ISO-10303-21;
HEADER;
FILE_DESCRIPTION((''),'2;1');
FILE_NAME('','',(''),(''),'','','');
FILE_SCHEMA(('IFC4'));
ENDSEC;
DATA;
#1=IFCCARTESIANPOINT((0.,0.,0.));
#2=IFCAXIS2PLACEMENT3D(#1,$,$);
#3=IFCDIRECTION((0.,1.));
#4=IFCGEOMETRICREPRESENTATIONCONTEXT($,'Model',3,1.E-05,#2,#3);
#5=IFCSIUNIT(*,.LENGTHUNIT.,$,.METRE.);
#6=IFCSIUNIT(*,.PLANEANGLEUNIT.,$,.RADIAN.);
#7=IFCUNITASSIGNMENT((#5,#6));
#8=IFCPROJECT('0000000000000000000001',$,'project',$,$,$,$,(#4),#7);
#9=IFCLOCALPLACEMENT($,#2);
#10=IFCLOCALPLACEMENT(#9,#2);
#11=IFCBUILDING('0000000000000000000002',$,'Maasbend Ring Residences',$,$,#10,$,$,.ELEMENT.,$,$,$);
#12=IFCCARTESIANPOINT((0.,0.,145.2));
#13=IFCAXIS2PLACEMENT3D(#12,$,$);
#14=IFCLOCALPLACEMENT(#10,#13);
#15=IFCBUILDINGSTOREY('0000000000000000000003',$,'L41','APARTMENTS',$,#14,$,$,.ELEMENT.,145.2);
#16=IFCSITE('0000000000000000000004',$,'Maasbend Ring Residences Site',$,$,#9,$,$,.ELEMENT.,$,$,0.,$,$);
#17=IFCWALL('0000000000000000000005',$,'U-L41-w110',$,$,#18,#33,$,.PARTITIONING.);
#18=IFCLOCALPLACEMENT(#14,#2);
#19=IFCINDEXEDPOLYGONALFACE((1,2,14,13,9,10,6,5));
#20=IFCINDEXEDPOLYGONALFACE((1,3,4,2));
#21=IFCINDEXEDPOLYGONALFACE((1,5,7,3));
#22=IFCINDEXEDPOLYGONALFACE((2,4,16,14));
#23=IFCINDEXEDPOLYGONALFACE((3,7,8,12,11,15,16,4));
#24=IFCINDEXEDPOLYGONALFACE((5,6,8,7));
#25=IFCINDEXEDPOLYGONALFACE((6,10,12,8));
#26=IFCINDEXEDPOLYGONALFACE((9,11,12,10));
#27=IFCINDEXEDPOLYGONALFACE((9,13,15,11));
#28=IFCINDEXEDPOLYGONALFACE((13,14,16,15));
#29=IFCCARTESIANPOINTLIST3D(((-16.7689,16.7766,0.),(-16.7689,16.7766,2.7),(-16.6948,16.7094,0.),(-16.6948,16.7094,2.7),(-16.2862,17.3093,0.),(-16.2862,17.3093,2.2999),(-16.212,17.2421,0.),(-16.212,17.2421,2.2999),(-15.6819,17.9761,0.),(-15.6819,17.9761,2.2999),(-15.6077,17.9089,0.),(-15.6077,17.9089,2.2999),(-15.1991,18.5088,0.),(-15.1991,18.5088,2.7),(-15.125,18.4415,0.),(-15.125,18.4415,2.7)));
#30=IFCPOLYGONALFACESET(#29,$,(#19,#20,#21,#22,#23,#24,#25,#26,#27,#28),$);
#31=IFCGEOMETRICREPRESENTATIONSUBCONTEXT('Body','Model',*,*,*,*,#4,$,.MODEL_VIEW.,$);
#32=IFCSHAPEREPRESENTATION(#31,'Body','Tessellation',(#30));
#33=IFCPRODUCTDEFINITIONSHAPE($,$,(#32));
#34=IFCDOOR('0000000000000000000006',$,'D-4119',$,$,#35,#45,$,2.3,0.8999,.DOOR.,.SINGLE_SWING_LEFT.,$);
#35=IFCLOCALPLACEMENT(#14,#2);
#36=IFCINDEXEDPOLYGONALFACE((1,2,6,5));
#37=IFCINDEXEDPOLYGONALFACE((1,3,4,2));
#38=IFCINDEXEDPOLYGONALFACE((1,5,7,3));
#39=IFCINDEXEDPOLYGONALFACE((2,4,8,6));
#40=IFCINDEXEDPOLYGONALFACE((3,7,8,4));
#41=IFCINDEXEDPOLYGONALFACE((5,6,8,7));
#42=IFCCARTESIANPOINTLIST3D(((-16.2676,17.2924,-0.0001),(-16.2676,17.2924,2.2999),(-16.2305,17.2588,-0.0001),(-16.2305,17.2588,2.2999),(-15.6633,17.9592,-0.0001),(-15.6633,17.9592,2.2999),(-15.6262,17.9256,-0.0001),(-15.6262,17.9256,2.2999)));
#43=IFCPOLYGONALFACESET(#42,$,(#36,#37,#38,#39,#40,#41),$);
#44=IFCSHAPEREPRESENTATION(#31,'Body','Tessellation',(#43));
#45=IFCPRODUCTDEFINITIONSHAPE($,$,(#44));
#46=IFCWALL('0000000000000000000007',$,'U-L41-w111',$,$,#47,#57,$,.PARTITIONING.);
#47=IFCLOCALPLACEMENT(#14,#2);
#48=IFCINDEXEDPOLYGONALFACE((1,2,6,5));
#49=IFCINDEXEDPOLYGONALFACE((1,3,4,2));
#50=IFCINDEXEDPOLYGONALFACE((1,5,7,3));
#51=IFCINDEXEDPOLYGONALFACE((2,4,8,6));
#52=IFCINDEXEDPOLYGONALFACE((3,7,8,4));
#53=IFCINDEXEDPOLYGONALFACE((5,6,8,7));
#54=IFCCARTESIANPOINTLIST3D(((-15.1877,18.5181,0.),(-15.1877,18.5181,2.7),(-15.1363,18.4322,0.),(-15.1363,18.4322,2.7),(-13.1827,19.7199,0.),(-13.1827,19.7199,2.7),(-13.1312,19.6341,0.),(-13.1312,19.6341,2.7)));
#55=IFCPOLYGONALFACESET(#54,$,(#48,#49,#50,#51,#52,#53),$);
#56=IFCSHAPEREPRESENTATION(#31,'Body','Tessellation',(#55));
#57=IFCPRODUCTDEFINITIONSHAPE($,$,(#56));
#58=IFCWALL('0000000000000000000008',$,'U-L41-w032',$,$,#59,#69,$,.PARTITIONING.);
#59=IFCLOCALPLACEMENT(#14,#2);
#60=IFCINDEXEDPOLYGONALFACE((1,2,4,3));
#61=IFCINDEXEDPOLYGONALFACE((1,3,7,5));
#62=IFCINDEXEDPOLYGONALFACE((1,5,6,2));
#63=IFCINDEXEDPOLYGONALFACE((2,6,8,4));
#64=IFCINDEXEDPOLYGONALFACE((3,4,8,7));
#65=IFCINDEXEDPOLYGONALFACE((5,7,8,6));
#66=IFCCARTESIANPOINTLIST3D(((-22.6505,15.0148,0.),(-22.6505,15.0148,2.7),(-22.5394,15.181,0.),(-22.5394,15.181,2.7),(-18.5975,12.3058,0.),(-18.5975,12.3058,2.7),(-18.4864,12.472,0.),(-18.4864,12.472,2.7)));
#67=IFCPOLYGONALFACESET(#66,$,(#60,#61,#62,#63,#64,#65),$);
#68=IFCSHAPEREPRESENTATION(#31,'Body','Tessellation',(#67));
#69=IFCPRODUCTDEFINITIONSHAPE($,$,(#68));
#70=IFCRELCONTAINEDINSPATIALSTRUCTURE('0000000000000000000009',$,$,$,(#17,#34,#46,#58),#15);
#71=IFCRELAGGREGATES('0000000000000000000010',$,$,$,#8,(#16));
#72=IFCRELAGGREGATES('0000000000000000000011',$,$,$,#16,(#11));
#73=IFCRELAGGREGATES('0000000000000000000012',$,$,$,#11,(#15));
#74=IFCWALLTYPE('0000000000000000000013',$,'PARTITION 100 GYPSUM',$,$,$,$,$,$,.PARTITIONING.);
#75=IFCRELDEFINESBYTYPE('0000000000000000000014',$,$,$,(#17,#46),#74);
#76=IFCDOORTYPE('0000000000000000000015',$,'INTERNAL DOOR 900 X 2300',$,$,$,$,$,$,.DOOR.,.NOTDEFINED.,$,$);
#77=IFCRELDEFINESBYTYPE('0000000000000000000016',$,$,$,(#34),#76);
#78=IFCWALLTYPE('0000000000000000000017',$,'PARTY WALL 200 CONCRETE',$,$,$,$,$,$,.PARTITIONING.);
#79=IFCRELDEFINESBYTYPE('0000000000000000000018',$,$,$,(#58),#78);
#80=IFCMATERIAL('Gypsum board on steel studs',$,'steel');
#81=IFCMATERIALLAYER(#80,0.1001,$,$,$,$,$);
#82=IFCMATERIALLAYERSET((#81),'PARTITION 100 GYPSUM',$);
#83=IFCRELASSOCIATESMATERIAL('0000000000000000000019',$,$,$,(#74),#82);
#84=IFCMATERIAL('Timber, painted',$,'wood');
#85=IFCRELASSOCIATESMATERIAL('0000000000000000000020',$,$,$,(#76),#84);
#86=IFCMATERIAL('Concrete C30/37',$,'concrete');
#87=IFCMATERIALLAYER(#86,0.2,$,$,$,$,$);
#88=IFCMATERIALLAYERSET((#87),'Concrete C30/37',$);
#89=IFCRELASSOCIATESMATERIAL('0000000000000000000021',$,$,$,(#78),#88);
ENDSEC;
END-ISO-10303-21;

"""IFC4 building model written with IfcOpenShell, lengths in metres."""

from ifc_helpers import new_model, si_unit, direction, frame, frame_2d, origin, place, context, subcontext, project, spatial, rectangle, extrude, material, layer, layer_set, type_object, element, fill, save


model = new_model("IFC4")

# Units and contexts
model_context = context("Model", 3, precision=1e-05, world=origin(), true_north=direction((0.0, 1.0)))
body_context = subcontext(model_context, "Body", "Model", "MODEL_VIEW")
ifc_project = project(units=[si_unit("LENGTHUNIT", "METRE"), si_unit("PLANEANGLEUNIT", "RADIAN")], contexts=[model_context])

# Site, building, storey
site_placement = place(None, origin())
site = spatial("IfcSite", under=ifc_project, at=site_placement, Name="Maasbend Ring Residences Site", CompositionType="ELEMENT", RefElevation=0.0)
building_placement = place(site_placement, origin())
building = spatial("IfcBuilding", under=site, at=building_placement, Name="Maasbend Ring Residences", CompositionType="ELEMENT")
storey_placement = place(building_placement, frame((0.0, 0.0, 145.2)))
storey = spatial("IfcBuildingStorey", under=building, at=storey_placement, Name="L41", Description="APARTMENTS", CompositionType="ELEMENT", Elevation=145.2)

# Shared definitions
ifc_material_1 = material(Name="Gypsum board on steel studs", Category="steel")
ifc_layer_1 = layer(ifc_material_1, 0.1001)
ifc_layer_set_1 = layer_set([ifc_layer_1], Name="PARTITION 100 GYPSUM")
wall_type_1 = type_object("IfcWallType", Name="PARTITION 100 GYPSUM", PredefinedType="PARTITIONING", material=ifc_layer_set_1)
ifc_material_2 = material(Name="Timber, painted", Category="wood")
door_type_1 = type_object("IfcDoorType", Name="INTERNAL DOOR 900 X 2300", OperationType="NOTDEFINED", PredefinedType="DOOR", material=ifc_material_2)

# Wall, opening, door
wall_1_placement = place(storey_placement, frame((-16.7319, 16.7429, 0.0), z_axis=(0.0, 0.0, 1.0), x_axis=(0.671528, 0.740979, 0.0)))
wall_1 = element("IfcWall", 1, at=wall_1_placement, inside=storey, type_object=wall_type_1, Name="U-L41-w110", PredefinedType="PARTITIONING", context=body_context, shape_type="SweptSolid", body=[
    extrude(rectangle(XDim=2.3376, YDim=0.1001, at=frame_2d((1.1689, 0.0))), origin(), (0.0, 0.0, 1.0), 2.7),
])
opening_1_placement = place(wall_1_placement, frame((0.719, 0.0, 0.0)))
opening_1 = element("IfcOpeningElement", 2, at=opening_1_placement, cuts=wall_1, PredefinedType="OPENING", context=body_context, shape_type="SweptSolid", body=[
    extrude(rectangle(XDim=0.8999, YDim=2.3, at=frame_2d((0.45, 1.1499))), frame((0.0, 0.0601, 0.0), z_axis=(0.0, -1.0, 0.0), x_axis=(1.0, 0.0, 0.0)), (0.0, 0.0, 1.0), 0.1201),
])
door_1_placement = place(opening_1_placement, origin())
door_1 = element("IfcDoor", 3, at=door_1_placement, inside=storey, type_object=door_type_1, Name="D-4119", OperationType="SINGLE_SWING_LEFT", OverallHeight=2.3, OverallWidth=0.8999, PredefinedType="DOOR", context=body_context, shape_type="SweptSolid", body=[
    extrude(rectangle(XDim=0.8999, YDim=2.3, at=frame_2d((0.45, 1.1499))), frame((0.0, 0.0249, 0.0), z_axis=(0.0, -1.0, 0.0), x_axis=(1.0, 0.0, 0.0)), (0.0, 0.0, 1.0), 0.05),
])
fill(opening_1, door_1)

# Walls
wall_2_placement = place(storey_placement, frame((-15.1621, 18.4751, 0.0), z_axis=(0.0, 0.0, 1.0), x_axis=(0.857714, 0.514127, 0.0)))
element("IfcWall", 4, at=wall_2_placement, inside=storey, type_object=wall_type_1, Name="U-L41-w111", PredefinedType="PARTITIONING", context=body_context, shape_type="SweptSolid", body=[
    extrude(rectangle(XDim=2.3376, YDim=0.1001, at=frame_2d((1.1689, 0.0))), origin(), (0.0, 0.0, 1.0), 2.7),
])
ifc_material_3 = material(Name="Concrete C30/37", Category="concrete")
ifc_layer_2 = layer(ifc_material_3, 0.2)
ifc_layer_set_2 = layer_set([ifc_layer_2], Name="Concrete C30/37")
wall_type_2 = type_object("IfcWallType", Name="PARTY WALL 200 CONCRETE", PredefinedType="PARTITIONING", material=ifc_layer_set_2)
wall_3_placement = place(storey_placement, frame((-22.595, 15.0979, 0.0), z_axis=(0.0, 0.0, 1.0), x_axis=(0.831387, -0.555694, 0.0)))
element("IfcWall", 5, at=wall_3_placement, inside=storey, type_object=wall_type_2, Name="U-L41-w032", PredefinedType="PARTITIONING", context=body_context, shape_type="SweptSolid", body=[
    extrude(rectangle(XDim=4.875, YDim=0.2, at=frame_2d((2.4375, 0.0))), origin(), (0.0, 0.0, 1.0), 2.7),
])

save(model, "model.ifc")
